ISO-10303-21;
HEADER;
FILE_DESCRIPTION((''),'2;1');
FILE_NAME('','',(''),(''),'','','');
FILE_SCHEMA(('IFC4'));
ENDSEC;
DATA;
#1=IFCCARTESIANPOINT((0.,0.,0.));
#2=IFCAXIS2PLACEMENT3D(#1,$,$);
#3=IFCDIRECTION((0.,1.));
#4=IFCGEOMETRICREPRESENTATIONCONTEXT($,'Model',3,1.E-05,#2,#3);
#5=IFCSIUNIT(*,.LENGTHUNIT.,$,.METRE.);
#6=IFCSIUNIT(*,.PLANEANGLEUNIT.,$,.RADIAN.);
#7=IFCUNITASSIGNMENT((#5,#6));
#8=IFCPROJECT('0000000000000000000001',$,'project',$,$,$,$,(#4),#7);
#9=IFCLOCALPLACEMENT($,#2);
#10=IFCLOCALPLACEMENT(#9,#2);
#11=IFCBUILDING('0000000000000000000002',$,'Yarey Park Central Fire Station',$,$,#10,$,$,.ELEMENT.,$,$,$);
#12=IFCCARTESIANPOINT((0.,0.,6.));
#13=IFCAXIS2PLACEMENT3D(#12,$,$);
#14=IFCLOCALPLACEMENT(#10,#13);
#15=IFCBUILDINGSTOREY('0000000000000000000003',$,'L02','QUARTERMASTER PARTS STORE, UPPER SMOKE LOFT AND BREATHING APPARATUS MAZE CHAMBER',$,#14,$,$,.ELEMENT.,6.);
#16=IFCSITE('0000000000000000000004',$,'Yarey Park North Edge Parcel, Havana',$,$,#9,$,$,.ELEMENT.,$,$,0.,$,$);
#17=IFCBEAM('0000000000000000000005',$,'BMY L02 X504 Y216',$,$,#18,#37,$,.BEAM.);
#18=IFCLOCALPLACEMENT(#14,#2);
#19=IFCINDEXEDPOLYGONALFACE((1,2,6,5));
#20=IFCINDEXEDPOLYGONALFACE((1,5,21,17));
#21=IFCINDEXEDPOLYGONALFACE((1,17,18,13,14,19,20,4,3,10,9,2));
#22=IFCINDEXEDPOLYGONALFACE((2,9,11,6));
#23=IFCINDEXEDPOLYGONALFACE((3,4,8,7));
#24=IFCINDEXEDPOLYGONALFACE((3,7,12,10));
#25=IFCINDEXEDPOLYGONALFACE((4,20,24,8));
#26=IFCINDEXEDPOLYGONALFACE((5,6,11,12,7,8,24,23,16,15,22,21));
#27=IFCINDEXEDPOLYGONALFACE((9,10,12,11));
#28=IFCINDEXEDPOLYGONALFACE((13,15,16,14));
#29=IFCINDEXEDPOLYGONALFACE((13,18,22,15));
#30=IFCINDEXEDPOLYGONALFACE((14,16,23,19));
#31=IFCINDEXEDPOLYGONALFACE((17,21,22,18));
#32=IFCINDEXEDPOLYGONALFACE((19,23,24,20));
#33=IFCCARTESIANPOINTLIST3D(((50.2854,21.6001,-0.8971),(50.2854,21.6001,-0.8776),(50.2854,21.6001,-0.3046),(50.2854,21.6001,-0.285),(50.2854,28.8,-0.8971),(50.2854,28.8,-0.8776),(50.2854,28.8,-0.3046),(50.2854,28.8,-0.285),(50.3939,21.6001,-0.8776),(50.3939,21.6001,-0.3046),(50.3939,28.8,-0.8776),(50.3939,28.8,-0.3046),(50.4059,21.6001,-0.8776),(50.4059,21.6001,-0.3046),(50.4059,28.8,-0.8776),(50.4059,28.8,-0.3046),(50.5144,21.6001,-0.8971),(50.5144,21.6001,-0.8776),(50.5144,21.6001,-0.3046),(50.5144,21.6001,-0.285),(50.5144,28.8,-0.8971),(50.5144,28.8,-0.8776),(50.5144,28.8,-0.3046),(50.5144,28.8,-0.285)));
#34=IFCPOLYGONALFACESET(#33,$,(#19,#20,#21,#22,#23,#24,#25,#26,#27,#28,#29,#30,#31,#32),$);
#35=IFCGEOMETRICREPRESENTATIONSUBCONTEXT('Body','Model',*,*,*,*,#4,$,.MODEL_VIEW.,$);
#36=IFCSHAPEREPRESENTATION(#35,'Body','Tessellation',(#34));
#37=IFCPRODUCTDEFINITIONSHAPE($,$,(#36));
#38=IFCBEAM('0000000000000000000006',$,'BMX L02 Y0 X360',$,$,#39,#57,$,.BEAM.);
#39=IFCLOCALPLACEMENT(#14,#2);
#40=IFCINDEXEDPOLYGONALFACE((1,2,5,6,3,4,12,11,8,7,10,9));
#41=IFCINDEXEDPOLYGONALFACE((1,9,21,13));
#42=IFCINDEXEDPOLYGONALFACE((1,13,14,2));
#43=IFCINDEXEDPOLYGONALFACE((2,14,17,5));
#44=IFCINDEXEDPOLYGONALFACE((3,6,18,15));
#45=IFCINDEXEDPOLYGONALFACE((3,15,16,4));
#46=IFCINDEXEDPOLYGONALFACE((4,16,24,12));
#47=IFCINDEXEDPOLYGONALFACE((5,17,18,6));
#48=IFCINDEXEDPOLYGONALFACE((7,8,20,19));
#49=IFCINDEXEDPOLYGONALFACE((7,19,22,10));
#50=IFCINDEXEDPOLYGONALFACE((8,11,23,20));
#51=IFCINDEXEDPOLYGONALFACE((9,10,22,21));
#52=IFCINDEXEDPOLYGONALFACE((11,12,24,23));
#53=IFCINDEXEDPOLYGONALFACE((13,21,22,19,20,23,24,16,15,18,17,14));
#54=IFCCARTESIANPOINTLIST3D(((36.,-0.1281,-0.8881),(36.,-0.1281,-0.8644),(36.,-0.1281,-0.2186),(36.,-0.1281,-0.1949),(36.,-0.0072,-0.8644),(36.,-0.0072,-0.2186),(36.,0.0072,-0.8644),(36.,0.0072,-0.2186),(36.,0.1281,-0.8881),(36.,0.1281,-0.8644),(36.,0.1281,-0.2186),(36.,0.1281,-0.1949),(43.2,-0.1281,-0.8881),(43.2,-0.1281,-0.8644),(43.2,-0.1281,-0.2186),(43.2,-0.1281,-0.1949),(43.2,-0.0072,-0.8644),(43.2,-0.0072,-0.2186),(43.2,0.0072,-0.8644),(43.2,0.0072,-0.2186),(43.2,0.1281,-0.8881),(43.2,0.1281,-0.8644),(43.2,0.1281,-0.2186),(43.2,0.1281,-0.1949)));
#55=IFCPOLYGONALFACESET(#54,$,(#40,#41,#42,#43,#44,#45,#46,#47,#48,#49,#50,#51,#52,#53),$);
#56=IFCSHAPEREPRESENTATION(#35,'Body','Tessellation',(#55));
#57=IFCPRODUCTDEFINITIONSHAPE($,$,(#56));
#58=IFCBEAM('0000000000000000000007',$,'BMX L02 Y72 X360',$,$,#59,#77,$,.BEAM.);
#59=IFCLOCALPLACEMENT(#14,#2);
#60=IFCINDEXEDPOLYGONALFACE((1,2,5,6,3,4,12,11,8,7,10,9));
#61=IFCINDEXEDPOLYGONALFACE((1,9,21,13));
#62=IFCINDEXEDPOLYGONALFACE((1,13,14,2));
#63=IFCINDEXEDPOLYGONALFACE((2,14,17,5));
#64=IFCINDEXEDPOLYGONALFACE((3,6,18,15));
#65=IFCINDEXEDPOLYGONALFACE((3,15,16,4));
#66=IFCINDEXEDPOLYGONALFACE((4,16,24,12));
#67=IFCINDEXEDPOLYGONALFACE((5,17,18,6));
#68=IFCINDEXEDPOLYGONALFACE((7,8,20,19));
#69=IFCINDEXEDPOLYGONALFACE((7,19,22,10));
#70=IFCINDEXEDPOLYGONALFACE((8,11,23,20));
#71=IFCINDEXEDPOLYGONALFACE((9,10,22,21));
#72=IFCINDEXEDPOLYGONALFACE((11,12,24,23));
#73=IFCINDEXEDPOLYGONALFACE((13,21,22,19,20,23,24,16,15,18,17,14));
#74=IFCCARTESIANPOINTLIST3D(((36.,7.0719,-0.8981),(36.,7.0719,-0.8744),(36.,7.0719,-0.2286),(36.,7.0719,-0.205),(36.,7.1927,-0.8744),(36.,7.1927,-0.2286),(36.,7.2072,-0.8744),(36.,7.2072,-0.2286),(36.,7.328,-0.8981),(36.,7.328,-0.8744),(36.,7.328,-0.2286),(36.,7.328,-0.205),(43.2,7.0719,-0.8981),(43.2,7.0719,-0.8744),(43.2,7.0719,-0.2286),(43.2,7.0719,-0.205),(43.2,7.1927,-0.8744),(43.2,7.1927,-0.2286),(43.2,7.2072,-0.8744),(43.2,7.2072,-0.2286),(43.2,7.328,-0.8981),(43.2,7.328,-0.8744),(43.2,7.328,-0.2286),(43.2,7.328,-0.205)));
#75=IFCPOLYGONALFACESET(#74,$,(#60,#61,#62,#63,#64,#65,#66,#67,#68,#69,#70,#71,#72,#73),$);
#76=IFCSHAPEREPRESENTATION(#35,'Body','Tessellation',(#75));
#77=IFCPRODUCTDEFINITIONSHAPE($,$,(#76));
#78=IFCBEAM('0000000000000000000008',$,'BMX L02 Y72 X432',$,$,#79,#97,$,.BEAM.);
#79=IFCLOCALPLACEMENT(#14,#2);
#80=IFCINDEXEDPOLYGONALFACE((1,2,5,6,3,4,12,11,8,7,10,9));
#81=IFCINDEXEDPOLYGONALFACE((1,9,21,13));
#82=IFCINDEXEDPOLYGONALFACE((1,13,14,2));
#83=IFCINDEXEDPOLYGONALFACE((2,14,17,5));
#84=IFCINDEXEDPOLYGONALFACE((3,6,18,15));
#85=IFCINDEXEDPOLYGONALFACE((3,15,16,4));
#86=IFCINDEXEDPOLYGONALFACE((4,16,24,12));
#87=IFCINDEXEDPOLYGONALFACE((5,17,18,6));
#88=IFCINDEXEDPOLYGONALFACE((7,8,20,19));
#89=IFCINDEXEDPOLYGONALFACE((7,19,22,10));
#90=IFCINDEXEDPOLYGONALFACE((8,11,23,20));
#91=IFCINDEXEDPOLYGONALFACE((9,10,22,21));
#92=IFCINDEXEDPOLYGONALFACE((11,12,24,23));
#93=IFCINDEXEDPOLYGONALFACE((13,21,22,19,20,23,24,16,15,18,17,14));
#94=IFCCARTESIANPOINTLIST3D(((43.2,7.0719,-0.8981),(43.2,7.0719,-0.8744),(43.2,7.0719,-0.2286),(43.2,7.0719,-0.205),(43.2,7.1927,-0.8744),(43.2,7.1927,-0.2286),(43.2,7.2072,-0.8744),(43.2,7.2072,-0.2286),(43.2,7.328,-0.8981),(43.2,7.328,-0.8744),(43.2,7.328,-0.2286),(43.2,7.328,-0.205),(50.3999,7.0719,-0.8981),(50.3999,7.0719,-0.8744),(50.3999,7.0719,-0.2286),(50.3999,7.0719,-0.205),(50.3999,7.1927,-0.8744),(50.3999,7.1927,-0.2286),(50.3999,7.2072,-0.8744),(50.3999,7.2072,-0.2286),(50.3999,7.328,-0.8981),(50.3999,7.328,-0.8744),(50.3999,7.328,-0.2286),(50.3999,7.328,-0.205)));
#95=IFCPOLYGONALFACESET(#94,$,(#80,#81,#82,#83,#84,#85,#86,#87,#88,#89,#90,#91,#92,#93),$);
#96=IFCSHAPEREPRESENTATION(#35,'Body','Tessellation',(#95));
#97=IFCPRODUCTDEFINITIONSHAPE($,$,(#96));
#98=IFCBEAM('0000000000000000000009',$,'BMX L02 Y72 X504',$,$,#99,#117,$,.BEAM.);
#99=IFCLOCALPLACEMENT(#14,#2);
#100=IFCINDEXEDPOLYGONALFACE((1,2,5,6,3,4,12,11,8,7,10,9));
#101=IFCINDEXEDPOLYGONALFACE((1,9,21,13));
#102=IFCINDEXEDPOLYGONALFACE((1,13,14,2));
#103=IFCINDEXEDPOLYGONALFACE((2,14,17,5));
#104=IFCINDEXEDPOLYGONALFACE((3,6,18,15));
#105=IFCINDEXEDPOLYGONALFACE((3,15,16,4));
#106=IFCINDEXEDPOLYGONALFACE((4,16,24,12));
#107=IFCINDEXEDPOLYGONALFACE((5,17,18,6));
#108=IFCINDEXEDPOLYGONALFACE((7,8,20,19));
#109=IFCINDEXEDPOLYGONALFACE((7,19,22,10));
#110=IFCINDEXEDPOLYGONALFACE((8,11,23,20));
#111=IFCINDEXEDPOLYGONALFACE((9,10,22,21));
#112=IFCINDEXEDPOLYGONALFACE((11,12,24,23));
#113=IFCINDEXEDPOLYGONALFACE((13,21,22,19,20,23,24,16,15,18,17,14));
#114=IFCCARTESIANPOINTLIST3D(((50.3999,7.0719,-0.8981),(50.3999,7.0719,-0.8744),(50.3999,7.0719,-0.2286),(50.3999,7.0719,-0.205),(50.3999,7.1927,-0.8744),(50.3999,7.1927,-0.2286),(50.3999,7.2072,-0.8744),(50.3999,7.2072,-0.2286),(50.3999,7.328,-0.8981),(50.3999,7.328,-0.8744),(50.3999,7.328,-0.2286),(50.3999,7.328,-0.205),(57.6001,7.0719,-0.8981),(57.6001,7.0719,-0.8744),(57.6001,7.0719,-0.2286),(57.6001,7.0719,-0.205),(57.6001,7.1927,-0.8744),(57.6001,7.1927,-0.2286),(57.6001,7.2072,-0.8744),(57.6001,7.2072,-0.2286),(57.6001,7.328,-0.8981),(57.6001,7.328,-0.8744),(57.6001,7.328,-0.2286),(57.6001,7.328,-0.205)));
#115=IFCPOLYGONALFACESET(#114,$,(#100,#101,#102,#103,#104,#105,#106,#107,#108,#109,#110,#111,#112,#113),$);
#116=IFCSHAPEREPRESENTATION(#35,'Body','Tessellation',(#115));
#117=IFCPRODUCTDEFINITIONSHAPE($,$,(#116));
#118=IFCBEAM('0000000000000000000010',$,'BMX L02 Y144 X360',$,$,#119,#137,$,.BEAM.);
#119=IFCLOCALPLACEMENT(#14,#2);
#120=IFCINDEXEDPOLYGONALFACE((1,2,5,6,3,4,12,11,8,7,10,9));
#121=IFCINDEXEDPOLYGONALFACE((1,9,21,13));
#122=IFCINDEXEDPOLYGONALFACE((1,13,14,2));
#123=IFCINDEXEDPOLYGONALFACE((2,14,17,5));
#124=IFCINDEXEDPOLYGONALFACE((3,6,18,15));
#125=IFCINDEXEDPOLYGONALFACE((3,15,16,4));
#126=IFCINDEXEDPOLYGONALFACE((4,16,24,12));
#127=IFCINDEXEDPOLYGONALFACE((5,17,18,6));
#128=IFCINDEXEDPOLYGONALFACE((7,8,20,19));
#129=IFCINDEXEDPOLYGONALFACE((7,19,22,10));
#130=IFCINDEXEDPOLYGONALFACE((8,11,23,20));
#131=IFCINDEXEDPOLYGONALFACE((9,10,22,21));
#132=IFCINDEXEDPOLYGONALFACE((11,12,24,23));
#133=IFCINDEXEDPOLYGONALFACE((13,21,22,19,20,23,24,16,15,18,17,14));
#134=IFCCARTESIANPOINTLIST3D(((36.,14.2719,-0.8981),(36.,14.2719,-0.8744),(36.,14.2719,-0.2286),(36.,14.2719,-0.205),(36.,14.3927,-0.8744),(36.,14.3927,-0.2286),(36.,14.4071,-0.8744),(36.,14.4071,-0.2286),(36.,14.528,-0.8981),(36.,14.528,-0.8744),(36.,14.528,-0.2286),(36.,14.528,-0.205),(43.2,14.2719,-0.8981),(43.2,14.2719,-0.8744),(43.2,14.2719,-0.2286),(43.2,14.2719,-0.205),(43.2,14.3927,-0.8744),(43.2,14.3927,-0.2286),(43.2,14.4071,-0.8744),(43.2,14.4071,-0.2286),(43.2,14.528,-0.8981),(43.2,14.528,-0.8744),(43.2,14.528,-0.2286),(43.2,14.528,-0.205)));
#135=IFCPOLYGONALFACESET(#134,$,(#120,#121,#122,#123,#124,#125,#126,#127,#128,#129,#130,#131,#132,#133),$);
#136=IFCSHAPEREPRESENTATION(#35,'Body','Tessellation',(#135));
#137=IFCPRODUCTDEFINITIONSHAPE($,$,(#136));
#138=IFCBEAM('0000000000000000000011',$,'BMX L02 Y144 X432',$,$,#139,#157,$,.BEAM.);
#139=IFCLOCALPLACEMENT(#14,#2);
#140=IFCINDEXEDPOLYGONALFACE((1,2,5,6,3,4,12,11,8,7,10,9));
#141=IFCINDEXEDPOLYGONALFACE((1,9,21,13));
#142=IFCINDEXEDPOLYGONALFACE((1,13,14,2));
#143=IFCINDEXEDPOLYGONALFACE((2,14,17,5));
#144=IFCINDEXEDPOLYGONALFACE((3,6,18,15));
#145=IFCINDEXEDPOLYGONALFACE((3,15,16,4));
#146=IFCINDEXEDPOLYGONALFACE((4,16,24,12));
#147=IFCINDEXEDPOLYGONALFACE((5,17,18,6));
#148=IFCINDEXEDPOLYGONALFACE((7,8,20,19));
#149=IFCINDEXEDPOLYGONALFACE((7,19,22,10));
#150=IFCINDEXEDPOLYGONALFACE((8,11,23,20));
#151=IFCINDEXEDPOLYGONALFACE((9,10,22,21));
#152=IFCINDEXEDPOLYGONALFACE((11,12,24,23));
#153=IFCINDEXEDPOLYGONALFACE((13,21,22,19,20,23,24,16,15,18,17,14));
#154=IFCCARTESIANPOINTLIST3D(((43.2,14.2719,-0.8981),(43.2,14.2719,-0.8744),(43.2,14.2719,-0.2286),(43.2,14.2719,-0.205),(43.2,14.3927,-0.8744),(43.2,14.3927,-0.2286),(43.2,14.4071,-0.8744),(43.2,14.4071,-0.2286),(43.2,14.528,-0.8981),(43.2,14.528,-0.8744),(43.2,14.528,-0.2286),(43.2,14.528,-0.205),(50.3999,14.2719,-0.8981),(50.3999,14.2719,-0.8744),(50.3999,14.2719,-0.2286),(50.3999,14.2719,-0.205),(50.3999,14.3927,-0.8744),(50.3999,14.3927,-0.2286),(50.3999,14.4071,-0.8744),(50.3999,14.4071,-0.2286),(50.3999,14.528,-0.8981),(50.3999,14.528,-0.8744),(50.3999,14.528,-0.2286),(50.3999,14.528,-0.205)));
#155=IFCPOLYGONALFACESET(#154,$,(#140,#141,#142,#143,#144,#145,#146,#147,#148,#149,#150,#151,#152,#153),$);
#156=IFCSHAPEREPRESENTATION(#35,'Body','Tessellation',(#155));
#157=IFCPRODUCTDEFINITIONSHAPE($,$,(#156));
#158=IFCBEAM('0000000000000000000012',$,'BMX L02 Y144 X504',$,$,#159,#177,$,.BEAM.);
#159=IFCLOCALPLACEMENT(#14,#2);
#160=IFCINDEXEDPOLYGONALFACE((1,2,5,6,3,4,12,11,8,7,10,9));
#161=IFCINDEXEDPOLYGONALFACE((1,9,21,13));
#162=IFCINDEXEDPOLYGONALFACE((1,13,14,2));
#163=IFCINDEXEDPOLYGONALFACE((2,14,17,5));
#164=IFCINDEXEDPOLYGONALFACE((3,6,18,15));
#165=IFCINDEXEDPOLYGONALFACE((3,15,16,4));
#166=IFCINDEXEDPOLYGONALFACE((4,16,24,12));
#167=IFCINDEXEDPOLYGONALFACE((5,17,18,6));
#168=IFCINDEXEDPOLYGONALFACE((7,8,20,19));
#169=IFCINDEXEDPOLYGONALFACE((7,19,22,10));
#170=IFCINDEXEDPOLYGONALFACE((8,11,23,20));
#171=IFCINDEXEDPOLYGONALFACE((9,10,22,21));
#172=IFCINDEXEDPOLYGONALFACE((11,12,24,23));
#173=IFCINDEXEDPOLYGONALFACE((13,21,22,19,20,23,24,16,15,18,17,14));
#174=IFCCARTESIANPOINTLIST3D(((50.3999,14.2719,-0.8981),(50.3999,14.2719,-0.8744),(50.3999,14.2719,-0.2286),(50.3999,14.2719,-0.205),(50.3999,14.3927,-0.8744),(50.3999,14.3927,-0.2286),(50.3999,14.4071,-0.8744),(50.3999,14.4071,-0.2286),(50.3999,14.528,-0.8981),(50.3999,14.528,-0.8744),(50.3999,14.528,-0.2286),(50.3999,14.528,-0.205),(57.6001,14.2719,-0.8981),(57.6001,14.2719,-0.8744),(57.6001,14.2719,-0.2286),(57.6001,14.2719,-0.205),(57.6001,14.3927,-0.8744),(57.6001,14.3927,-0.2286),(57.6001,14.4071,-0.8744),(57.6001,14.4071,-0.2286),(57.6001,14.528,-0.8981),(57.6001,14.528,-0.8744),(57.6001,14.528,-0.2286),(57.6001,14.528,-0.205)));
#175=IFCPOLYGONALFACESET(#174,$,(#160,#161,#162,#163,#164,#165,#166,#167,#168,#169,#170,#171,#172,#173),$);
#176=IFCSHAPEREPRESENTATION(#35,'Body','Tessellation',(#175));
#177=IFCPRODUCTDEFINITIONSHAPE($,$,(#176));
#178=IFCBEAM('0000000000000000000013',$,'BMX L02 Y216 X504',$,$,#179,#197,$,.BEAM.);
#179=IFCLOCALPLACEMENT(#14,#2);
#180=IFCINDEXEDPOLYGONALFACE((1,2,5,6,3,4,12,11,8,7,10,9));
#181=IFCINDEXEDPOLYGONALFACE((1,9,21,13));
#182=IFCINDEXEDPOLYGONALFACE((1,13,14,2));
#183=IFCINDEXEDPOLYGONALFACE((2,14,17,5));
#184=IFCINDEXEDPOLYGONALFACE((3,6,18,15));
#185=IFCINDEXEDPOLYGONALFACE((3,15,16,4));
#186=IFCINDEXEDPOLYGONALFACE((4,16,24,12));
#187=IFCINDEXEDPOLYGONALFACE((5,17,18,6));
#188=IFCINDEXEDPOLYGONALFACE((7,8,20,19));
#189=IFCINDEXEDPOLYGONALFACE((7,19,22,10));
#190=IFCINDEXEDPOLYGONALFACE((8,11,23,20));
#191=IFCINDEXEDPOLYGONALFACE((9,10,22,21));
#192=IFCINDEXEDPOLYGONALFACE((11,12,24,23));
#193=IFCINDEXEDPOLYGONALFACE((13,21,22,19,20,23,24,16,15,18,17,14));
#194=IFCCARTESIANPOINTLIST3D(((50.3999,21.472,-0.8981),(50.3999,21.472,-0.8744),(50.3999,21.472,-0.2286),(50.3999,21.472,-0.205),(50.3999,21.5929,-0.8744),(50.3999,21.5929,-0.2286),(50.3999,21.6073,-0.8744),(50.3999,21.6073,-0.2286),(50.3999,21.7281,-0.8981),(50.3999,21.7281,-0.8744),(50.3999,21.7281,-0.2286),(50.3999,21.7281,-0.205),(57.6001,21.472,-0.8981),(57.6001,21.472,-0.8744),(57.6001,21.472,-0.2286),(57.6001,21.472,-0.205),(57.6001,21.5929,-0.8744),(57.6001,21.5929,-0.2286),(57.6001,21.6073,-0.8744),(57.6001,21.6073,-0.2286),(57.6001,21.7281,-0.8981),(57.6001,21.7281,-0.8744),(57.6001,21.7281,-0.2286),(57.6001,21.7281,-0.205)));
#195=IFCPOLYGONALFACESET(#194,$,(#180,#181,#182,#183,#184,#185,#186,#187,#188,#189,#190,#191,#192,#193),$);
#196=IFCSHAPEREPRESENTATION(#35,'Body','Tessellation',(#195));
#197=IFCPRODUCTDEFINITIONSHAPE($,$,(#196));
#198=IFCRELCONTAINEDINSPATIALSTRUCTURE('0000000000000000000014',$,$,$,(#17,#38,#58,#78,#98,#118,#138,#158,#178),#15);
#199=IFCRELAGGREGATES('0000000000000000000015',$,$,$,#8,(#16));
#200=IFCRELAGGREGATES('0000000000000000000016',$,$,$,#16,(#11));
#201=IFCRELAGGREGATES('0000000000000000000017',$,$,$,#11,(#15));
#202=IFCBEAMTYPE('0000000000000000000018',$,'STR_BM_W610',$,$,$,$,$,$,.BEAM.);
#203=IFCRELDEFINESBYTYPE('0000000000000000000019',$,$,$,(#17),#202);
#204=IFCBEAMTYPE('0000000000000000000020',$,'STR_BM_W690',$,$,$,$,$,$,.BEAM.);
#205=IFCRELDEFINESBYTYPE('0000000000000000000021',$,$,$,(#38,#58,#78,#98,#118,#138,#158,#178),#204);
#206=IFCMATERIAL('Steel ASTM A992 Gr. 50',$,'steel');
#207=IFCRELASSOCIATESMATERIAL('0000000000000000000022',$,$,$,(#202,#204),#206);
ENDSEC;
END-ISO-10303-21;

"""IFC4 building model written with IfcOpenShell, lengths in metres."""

from ifc_helpers import new_model, si_unit, direction, frame, origin, origin_2d, place, context, subcontext, project, spatial, i_section, extrude, material, material_profile, profile_set, type_object, element, save


model = new_model("IFC4")

# Units and contexts
model_context = context("Model", 3, precision=1e-05, world=origin(), true_north=direction((0.0, 1.0)))
body_context = subcontext(model_context, "Body", "Model", "MODEL_VIEW")
ifc_project = project(units=[si_unit("LENGTHUNIT", "METRE"), si_unit("PLANEANGLEUNIT", "RADIAN")], contexts=[model_context])

# Site, building, storey
site_placement = place(None, origin())
site = spatial("IfcSite", under=ifc_project, at=site_placement, Name="Yarey Park North Edge Parcel, Havana", CompositionType="ELEMENT", RefElevation=0.0)
building_placement = place(site_placement, origin())
building = spatial("IfcBuilding", under=site, at=building_placement, Name="Yarey Park Central Fire Station", CompositionType="ELEMENT")
storey_placement = place(building_placement, frame((0.0, 0.0, 6.0)))
storey = spatial("IfcBuildingStorey", under=building, at=storey_placement, Name="L02", Description="QUARTERMASTER PARTS STORE, UPPER SMOKE LOFT AND BREATHING APPARATUS MAZE CHAMBER", CompositionType="ELEMENT", Elevation=6.0)

# Shared definitions
ifc_material_1 = material(Name="Steel ASTM A992 Gr. 50", Category="steel")

# Beams
ifc_material_profile_1 = material_profile(ifc_material_1, i_section(OverallWidth=0.229, OverallDepth=0.6121, WebThickness=0.012, FlangeThickness=0.0195, at=origin_2d()), Name="W610x125")
ifc_profile_set_1 = profile_set([ifc_material_profile_1], Name="Steel ASTM A992 Gr. 50")
beam_type_1 = type_object("IfcBeamType", Name="STR_BM_W610", PredefinedType="BEAM", material=ifc_profile_set_1)
beam_1_placement = place(storey_placement, frame((50.3999, 21.6001, -0.5911), z_axis=(0.0, 1.0, 0.0), x_axis=(-1.0, 0.0, 0.0)))
element("IfcBeam", 1, at=beam_1_placement, inside=storey, type_object=beam_type_1, Name="BMY L02 X504 Y216", PredefinedType="BEAM", context=body_context, shape_type="SweptSolid", body=[
    extrude(i_section(OverallWidth=0.229, OverallDepth=0.6121, WebThickness=0.012, FlangeThickness=0.0195, at=origin_2d()), origin(), (0.0, 0.0, 1.0), 7.2),
])
ifc_material_profile_2 = material_profile(ifc_material_1, i_section(OverallWidth=0.2561, OverallDepth=0.6931, WebThickness=0.0144, FlangeThickness=0.0237, at=origin_2d()), Name="W690x170")
ifc_profile_set_2 = profile_set([ifc_material_profile_2], Name="Steel ASTM A992 Gr. 50")
beam_type_2 = type_object("IfcBeamType", Name="STR_BM_W690", PredefinedType="BEAM", material=ifc_profile_set_2)
for number, where, z_axis, x_axis, name in (
    (2, (36.0, 0.0, -0.5415), (1.0, 0.0, 0.0), (0.0, 1.0, 0.0), "BMX L02 Y0 X360"),
    (3, (36.0, 7.2, -0.5515), (1.0, 0.0, 0.0), (0.0, 1.0, 0.0), "BMX L02 Y72 X360"),
    (4, (43.2, 7.2, -0.5515), (1.0, 0.0, 0.0), (0.0, 1.0, 0.0), "BMX L02 Y72 X432"),
):
    element("IfcBeam", number, at=place(storey_placement, frame(where, z_axis=z_axis, x_axis=x_axis)), inside=storey, type_object=beam_type_2, Name=name, PredefinedType="BEAM", context=body_context, shape_type="SweptSolid", body=[
        extrude(i_section(OverallWidth=0.2561, OverallDepth=0.6931, WebThickness=0.0144, FlangeThickness=0.0237, at=origin_2d()), origin(), (0.0, 0.0, 1.0), 7.2),
    ])
beam_2_placement = place(storey_placement, frame((50.3999, 7.2, -0.5515), z_axis=(1.0, 0.0, 0.0), x_axis=(0.0, 1.0, 0.0)))
element("IfcBeam", 5, at=beam_2_placement, inside=storey, type_object=beam_type_2, Name="BMX L02 Y72 X504", PredefinedType="BEAM", context=body_context, shape_type="SweptSolid", body=[
    extrude(i_section(OverallWidth=0.2561, OverallDepth=0.6931, WebThickness=0.0144, FlangeThickness=0.0237, at=origin_2d()), origin(), (0.0, 0.0, 1.0), 7.2002),
])
for number, where, z_axis, x_axis, name in (
    (6, (36.0, 14.3999, -0.5515), (1.0, 0.0, 0.0), (0.0, 1.0, 0.0), "BMX L02 Y144 X360"),
    (7, (43.2, 14.3999, -0.5515), (1.0, 0.0, 0.0), (0.0, 1.0, 0.0), "BMX L02 Y144 X432"),
):
    element("IfcBeam", number, at=place(storey_placement, frame(where, z_axis=z_axis, x_axis=x_axis)), inside=storey, type_object=beam_type_2, Name=name, PredefinedType="BEAM", context=body_context, shape_type="SweptSolid", body=[
        extrude(i_section(OverallWidth=0.2561, OverallDepth=0.6931, WebThickness=0.0144, FlangeThickness=0.0237, at=origin_2d()), origin(), (0.0, 0.0, 1.0), 7.2),
    ])
for number, where, z_axis, x_axis, name in (
    (8, (50.3999, 14.3999, -0.5515), (1.0, 0.0, 0.0), (0.0, 1.0, 0.0), "BMX L02 Y144 X504"),
    (9, (50.3999, 21.6001, -0.5515), (1.0, 0.0, 0.0), (0.0, 1.0, 0.0), "BMX L02 Y216 X504"),
):
    element("IfcBeam", number, at=place(storey_placement, frame(where, z_axis=z_axis, x_axis=x_axis)), inside=storey, type_object=beam_type_2, Name=name, PredefinedType="BEAM", context=body_context, shape_type="SweptSolid", body=[
        extrude(i_section(OverallWidth=0.2561, OverallDepth=0.6931, WebThickness=0.0144, FlangeThickness=0.0237, at=origin_2d()), origin(), (0.0, 0.0, 1.0), 7.2002),
    ])

save(model, "model.ifc")
